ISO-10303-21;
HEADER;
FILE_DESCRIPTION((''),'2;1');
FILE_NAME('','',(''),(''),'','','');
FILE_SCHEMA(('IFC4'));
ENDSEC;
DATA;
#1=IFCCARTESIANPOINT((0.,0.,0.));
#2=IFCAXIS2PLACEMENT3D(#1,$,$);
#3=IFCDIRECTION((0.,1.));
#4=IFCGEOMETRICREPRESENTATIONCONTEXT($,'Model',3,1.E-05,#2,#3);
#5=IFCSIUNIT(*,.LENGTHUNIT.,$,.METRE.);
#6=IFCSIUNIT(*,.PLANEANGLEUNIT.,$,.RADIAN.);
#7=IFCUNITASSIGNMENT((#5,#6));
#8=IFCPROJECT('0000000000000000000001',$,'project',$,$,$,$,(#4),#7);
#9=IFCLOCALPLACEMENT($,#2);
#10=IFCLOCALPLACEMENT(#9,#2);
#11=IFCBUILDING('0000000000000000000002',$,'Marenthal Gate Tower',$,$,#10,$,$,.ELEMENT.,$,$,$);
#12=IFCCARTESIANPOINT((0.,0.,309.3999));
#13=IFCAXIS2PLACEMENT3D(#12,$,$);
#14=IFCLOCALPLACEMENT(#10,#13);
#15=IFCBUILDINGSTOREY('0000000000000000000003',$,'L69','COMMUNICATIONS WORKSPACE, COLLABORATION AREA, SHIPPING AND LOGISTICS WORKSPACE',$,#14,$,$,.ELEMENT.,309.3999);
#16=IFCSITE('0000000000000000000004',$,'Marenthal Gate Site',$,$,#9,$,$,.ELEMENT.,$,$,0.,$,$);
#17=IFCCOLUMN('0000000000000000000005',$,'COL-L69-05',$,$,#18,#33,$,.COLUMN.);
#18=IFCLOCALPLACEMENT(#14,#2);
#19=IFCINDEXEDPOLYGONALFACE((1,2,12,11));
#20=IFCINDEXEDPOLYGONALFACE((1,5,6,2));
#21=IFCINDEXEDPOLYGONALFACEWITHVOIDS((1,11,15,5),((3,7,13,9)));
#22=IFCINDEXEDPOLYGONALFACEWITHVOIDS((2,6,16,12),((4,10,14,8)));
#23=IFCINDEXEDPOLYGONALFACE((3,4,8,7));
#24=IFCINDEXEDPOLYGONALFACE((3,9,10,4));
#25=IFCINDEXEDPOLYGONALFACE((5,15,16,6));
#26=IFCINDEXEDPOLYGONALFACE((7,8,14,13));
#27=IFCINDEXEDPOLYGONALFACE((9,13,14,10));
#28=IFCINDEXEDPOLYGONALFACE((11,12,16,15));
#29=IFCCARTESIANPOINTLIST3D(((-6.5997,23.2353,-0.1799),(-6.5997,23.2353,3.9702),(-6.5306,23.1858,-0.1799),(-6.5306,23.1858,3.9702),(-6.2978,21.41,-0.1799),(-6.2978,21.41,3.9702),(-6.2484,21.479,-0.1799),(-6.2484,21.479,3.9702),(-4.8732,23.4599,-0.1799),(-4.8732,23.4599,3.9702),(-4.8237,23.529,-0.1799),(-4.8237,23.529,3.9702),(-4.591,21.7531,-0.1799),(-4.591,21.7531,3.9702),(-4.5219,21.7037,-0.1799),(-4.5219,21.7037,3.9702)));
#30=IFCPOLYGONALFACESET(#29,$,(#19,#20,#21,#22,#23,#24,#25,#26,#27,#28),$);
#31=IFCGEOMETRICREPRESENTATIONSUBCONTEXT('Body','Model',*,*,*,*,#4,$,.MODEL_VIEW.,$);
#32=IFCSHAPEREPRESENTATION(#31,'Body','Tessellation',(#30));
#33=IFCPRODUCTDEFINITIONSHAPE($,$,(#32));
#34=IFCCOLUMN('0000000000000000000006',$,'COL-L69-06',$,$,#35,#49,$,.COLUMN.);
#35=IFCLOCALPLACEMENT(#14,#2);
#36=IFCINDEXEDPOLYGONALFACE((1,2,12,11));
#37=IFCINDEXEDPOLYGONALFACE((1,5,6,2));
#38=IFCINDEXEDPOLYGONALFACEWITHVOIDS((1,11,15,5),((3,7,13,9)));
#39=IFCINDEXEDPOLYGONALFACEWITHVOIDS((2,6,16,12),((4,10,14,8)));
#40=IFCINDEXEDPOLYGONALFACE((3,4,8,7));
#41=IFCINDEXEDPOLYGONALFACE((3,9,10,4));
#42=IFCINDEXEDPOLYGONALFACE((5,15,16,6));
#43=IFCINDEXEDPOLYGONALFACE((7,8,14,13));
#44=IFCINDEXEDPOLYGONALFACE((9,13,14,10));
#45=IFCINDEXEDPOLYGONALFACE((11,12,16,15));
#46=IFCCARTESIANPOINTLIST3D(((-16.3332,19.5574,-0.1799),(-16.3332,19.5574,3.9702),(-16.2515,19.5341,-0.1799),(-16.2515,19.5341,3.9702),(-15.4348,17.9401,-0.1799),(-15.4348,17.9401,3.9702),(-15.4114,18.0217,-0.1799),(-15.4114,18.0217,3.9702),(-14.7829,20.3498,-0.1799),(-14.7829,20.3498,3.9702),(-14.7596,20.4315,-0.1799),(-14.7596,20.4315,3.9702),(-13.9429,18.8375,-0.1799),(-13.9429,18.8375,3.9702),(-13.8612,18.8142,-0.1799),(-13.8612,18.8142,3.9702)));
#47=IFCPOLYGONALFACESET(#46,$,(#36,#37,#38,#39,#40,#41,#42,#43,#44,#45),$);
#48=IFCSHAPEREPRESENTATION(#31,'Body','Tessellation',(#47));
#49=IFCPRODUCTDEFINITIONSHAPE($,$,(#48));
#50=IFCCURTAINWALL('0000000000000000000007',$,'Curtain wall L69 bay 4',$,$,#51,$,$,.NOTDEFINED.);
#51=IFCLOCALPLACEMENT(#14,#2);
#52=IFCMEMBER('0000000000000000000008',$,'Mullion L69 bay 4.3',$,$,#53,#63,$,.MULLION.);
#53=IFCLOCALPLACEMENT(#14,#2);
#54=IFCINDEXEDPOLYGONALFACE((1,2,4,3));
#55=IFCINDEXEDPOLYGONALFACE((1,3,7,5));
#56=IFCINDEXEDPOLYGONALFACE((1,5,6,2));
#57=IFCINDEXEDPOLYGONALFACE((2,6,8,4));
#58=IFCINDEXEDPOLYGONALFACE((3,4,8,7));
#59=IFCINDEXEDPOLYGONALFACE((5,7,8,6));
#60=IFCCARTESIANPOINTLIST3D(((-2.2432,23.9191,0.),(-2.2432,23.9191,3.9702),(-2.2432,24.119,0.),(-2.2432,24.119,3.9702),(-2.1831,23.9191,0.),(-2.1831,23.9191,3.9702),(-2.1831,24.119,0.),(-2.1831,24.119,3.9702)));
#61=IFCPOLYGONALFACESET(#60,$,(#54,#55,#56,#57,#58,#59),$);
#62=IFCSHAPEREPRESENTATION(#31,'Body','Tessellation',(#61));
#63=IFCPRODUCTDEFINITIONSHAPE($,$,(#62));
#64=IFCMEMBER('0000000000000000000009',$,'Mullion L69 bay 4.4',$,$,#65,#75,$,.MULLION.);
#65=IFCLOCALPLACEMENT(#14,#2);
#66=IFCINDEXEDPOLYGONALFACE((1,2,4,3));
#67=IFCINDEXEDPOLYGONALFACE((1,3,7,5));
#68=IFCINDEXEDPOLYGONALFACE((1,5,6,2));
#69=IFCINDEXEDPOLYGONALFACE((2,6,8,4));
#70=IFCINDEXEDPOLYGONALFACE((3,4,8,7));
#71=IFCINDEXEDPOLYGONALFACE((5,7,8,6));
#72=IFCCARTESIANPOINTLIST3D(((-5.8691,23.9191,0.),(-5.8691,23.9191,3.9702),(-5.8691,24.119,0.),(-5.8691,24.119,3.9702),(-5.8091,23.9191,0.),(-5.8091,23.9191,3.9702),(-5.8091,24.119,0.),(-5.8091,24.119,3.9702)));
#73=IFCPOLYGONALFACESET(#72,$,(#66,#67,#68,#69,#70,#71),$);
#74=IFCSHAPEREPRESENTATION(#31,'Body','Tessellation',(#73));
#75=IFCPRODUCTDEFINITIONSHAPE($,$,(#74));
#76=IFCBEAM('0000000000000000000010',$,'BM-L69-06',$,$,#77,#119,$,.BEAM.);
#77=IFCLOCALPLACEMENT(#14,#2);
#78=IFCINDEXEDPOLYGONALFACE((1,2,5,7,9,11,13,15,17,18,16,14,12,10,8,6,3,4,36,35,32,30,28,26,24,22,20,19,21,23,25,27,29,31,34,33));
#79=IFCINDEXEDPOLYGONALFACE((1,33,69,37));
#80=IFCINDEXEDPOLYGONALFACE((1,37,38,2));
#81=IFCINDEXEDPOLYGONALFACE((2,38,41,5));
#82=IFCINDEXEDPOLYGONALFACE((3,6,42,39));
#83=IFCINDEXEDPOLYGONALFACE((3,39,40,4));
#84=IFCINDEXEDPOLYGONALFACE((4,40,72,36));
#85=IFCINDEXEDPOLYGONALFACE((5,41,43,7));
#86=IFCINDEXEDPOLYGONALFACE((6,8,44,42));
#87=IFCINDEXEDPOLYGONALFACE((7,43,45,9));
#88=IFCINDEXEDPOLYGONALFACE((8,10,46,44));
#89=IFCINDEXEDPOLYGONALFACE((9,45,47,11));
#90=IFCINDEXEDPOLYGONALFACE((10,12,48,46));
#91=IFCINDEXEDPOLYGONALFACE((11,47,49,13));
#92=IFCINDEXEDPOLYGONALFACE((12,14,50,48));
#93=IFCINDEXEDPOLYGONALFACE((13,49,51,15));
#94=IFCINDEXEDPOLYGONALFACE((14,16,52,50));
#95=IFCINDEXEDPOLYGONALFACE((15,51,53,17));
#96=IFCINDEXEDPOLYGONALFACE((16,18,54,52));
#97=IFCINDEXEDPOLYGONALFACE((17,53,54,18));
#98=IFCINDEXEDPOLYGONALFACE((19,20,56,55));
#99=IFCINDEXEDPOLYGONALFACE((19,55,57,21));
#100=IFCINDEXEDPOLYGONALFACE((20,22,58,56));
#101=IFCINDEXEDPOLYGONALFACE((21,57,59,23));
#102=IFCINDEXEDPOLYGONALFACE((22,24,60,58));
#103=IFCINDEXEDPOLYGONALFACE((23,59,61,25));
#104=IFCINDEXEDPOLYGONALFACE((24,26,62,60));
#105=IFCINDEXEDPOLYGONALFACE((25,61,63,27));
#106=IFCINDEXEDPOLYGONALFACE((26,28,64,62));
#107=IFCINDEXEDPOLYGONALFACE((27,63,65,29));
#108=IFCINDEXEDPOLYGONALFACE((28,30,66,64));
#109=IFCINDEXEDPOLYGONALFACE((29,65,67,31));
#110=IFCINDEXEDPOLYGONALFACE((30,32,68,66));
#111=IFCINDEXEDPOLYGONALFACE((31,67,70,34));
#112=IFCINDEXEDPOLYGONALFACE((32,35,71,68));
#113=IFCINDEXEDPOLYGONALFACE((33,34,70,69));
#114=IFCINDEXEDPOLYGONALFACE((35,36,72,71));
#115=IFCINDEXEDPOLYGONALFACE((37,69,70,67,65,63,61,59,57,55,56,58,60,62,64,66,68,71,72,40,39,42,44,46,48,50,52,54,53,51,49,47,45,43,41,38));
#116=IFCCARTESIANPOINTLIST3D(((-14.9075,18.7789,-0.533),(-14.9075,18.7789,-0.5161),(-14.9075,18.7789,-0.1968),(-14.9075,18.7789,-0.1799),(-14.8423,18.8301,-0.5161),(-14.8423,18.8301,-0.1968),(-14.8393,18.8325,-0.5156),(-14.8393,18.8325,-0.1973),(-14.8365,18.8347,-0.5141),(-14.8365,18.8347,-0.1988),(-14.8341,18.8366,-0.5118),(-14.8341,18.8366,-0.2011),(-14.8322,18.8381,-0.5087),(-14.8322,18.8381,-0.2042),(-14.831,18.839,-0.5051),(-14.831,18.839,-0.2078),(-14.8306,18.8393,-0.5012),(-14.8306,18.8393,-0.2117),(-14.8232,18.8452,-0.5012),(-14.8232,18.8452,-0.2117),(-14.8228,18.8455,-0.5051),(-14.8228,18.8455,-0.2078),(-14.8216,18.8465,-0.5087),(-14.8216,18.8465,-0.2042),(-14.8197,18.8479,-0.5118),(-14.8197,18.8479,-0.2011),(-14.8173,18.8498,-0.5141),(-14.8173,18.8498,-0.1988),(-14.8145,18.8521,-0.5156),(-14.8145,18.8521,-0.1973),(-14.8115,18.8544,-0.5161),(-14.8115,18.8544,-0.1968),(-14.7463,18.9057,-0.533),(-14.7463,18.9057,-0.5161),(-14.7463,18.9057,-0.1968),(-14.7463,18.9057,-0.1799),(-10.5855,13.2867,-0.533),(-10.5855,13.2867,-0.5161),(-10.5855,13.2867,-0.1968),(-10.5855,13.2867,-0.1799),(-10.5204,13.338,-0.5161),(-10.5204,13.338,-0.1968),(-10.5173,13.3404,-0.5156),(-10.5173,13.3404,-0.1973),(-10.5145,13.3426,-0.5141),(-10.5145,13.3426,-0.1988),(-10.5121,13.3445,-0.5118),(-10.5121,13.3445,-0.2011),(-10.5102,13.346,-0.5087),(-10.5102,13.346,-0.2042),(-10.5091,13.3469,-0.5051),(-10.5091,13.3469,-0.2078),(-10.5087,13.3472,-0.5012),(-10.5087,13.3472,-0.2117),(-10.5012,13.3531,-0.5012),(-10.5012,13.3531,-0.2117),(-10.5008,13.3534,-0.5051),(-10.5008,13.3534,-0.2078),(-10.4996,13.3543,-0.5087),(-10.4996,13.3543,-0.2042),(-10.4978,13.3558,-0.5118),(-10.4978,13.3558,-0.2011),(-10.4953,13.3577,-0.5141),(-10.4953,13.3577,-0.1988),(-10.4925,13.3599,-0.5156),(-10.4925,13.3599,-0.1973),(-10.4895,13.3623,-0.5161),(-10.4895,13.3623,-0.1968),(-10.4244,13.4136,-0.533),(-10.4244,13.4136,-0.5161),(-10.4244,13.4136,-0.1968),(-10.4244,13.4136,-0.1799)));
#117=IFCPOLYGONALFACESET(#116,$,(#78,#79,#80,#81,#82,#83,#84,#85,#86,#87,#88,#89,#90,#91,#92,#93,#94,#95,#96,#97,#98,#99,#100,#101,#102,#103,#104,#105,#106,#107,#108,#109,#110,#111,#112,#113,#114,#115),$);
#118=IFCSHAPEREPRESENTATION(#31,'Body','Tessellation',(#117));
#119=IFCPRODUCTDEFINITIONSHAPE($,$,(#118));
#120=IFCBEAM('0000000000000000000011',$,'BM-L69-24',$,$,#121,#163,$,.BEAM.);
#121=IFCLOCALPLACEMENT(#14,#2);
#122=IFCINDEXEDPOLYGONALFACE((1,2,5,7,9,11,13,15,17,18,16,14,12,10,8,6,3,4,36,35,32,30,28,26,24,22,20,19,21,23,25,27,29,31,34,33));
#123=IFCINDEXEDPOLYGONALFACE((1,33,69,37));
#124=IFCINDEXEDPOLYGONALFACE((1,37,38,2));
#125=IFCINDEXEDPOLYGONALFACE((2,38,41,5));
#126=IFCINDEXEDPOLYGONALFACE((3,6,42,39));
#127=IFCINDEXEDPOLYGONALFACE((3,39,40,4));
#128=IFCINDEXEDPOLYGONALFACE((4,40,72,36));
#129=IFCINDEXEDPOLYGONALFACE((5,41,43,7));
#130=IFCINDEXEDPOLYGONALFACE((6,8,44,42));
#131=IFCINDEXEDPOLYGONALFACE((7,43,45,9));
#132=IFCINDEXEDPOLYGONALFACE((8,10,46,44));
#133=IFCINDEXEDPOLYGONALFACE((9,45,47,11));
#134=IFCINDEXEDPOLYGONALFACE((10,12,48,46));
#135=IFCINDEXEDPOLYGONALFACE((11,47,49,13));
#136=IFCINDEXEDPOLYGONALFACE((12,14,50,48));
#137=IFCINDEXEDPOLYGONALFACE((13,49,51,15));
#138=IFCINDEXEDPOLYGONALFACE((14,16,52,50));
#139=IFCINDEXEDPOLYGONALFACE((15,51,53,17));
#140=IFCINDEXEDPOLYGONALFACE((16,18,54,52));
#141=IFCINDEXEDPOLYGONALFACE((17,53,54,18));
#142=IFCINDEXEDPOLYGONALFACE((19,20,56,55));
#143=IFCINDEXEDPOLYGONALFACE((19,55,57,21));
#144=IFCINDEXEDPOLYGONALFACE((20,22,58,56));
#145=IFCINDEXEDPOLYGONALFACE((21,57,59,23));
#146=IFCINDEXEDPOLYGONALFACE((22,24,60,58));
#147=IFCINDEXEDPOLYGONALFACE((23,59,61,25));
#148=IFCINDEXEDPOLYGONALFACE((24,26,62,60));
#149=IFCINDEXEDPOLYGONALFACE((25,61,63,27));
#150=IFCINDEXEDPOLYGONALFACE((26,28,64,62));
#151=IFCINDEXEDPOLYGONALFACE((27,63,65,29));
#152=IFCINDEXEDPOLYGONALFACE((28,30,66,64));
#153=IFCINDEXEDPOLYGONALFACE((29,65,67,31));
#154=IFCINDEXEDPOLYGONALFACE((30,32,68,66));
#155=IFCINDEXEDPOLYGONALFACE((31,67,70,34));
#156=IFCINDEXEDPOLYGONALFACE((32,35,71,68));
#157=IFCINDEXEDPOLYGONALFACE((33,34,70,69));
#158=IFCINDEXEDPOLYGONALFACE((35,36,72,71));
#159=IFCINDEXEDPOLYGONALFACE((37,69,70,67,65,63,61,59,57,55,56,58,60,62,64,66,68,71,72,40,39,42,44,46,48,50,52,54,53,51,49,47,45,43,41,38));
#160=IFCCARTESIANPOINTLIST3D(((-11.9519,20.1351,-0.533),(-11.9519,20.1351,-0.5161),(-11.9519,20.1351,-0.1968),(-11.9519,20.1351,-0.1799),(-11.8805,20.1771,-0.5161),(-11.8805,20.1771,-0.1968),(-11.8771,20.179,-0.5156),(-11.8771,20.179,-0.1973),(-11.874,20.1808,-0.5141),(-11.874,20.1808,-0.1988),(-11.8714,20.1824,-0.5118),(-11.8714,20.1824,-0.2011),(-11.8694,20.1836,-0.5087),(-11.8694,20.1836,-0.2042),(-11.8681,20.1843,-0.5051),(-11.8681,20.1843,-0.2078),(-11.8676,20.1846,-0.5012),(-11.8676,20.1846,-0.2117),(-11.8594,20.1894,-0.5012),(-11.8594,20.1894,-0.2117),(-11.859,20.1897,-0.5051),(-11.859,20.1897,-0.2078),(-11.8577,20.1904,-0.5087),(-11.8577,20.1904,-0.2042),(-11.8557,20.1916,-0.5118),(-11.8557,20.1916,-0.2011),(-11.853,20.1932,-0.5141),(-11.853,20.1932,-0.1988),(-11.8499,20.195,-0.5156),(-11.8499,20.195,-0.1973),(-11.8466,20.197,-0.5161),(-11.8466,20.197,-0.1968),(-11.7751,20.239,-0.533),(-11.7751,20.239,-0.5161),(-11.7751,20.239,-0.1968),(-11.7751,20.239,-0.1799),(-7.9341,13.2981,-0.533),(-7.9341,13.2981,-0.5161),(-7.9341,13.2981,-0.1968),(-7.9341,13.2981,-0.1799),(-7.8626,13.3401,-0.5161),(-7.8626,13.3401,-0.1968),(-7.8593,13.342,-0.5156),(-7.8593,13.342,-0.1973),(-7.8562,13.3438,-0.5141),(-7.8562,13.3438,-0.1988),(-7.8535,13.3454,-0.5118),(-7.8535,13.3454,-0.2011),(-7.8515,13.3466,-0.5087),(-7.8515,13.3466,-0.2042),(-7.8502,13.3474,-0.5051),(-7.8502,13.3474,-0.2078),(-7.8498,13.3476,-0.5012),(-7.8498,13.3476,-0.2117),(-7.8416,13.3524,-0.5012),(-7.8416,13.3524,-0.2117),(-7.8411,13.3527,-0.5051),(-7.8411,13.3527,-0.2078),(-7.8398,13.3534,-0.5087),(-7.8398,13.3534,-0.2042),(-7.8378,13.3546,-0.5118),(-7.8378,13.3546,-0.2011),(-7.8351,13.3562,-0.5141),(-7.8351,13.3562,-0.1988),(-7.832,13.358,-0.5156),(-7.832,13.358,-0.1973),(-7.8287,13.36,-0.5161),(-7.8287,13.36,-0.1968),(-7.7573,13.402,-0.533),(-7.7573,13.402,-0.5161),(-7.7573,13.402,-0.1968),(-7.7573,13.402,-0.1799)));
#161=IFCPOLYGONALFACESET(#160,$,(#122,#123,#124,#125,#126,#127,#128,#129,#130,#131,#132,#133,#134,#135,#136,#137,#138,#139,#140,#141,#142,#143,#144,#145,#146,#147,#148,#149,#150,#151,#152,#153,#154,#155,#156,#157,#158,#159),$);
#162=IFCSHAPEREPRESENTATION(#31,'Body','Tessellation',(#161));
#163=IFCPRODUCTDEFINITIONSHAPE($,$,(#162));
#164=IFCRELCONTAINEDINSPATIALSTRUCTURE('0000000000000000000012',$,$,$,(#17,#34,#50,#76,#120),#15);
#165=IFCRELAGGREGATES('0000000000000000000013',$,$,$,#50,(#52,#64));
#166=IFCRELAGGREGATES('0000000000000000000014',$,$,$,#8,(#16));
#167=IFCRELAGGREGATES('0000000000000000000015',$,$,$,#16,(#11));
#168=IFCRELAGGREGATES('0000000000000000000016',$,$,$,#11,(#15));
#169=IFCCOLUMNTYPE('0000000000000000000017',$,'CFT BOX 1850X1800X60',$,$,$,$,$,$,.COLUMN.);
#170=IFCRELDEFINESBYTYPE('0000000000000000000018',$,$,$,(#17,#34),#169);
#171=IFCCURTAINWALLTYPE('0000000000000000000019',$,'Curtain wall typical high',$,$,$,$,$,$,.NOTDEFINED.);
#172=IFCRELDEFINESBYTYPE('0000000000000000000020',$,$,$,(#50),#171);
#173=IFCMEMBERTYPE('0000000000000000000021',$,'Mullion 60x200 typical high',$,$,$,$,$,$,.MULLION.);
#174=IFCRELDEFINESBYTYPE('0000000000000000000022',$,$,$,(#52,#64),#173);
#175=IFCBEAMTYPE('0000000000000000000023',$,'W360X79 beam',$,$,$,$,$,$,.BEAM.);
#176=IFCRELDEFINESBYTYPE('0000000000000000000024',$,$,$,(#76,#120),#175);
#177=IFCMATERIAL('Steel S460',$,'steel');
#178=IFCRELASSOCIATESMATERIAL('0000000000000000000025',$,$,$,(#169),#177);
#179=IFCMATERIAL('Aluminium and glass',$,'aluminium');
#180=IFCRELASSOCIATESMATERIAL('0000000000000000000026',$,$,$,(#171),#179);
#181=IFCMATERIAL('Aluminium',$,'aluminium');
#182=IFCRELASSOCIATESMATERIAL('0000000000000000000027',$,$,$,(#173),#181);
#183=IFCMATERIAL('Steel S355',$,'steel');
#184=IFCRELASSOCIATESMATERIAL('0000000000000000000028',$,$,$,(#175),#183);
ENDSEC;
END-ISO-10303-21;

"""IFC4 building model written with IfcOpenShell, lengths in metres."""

from ifc_helpers import new_model, si_unit, direction, frame, origin, origin_2d, place, context, subcontext, project, spatial, rectangle, hollow_rectangle, i_section, extrude, material, material_profile, profile_set, type_object, element, aggregate, save


model = new_model("IFC4")

# Units and contexts
model_context = context("Model", 3, precision=1e-05, world=origin(), true_north=direction((0.0, 1.0)))
body_context = subcontext(model_context, "Body", "Model", "MODEL_VIEW")
ifc_project = project(units=[si_unit("LENGTHUNIT", "METRE"), si_unit("PLANEANGLEUNIT", "RADIAN")], contexts=[model_context])

# Site, building, storey
site_placement = place(None, origin())
site = spatial("IfcSite", under=ifc_project, at=site_placement, Name="Marenthal Gate Site", CompositionType="ELEMENT", RefElevation=0.0)
building_placement = place(site_placement, origin())
building = spatial("IfcBuilding", under=site, at=building_placement, Name="Marenthal Gate Tower", CompositionType="ELEMENT")
storey_placement = place(building_placement, frame((0.0, 0.0, 309.3999)))
storey = spatial("IfcBuildingStorey", under=building, at=storey_placement, Name="L69", Description="COMMUNICATIONS WORKSPACE, COLLABORATION AREA, SHIPPING AND LOGISTICS WORKSPACE", CompositionType="ELEMENT", Elevation=309.3999)

# Columns
ifc_material_1 = material(Name="Steel S460", Category="steel")
ifc_material_profile_1 = material_profile(ifc_material_1, hollow_rectangle(XDim=1.8, YDim=1.8501, WallThickness=0.0601, at=origin_2d()), Name="CFT BOX 1850X1800X60")
ifc_material_2 = material(Name="Concrete 70 MPa", Category="concrete")
ifc_material_profile_2 = material_profile(ifc_material_2, rectangle(XDim=1.6799, YDim=1.73, at=origin_2d()), Name="CFT BOX 1850X1800X60 INFILL")
ifc_profile_set_1 = profile_set([ifc_material_profile_1, ifc_material_profile_2], Name="Steel S460 shell, Concrete 70 MPa infill")
column_type = type_object("IfcColumnType", Name="CFT BOX 1850X1800X60", PredefinedType="COLUMN", material=ifc_profile_set_1)
for number, where, z_axis, x_axis, name in (
    (1, (-5.5608, 22.4695, -0.1799), (0.0, 0.0, 1.0), (0.986602, 0.163147, 0.0), "COL-L69-05"),
    (2, (-15.0972, 19.1858, -0.1799), (0.0, 0.0, 1.0), (0.874186, 0.485591, 0.0), "COL-L69-06"),
):
    element("IfcColumn", number, at=place(storey_placement, frame(where, z_axis=z_axis, x_axis=x_axis)), inside=storey, type_object=column_type, Name=name, PredefinedType="COLUMN", context=body_context, shape_type="SweptSolid", body=[
        extrude(hollow_rectangle(XDim=1.8, YDim=1.8501, WallThickness=0.0601, at=origin_2d()), origin(), (0.0, 0.0, 1.0), 4.1501),
    ])

# Curtain wall, members
ifc_material_3 = material(Name="Aluminium and glass", Category="aluminium")
curtain_wall_type = type_object("IfcCurtainWallType", Name="Curtain wall typical high", PredefinedType="NOTDEFINED", material=ifc_material_3)
curtain_wall_placement = place(storey_placement, origin())
curtain_wall = element("IfcCurtainWall", 3, at=curtain_wall_placement, inside=storey, type_object=curtain_wall_type, Name="Curtain wall L69 bay 4", PredefinedType="NOTDEFINED")
ifc_material_4 = material(Name="Aluminium", Category="aluminium")
ifc_material_profile_3 = material_profile(ifc_material_4, rectangle(XDim=0.2, YDim=0.0601, at=origin_2d()), Name="60x200 aluminium mullion")
ifc_profile_set_2 = profile_set([ifc_material_profile_3], Name="Aluminium")
member_type = type_object("IfcMemberType", Name="Mullion 60x200 typical high", PredefinedType="MULLION", material=ifc_profile_set_2)
member_1_placement = place(storey_placement, frame((-2.2131, 24.019, 0.0), z_axis=(0.0, 0.0, 1.0), x_axis=(0.0, -1.0, 0.0)))
member_1 = element("IfcMember", 4, at=member_1_placement, type_object=member_type, Name="Mullion L69 bay 4.3", PredefinedType="MULLION", context=body_context, shape_type="SweptSolid", body=[
    extrude(rectangle(XDim=0.2, YDim=0.0601, at=origin_2d()), origin(), (0.0, 0.0, 1.0), 3.9702),
])
member_2_placement = place(storey_placement, frame((-5.8391, 24.019, 0.0), z_axis=(0.0, 0.0, 1.0), x_axis=(0.0, -1.0, 0.0)))
member_2 = element("IfcMember", 5, at=member_2_placement, type_object=member_type, Name="Mullion L69 bay 4.4", PredefinedType="MULLION", context=body_context, shape_type="SweptSolid", body=[
    extrude(rectangle(XDim=0.2, YDim=0.0601, at=origin_2d()), origin(), (0.0, 0.0, 1.0), 3.9702),
])

# Beams
ifc_material_5 = material(Name="Steel S355", Category="steel")
ifc_material_profile_4 = material_profile(ifc_material_5, i_section(OverallWidth=0.2051, OverallDepth=0.353, WebThickness=0.0095, FlangeThickness=0.0168, FilletRadius=0.0149, at=origin_2d()), Name="W360X79")
ifc_profile_set_3 = profile_set([ifc_material_profile_4], Name="Steel S355")
beam_type_1 = type_object("IfcBeamType", Name="W360X79 beam", PredefinedType="BEAM", material=ifc_profile_set_3)
beam_1_placement = place(storey_placement, frame((-14.8269, 18.8423, -0.3564), z_axis=(0.618417, -0.78585, 0.0), x_axis=(0.78585, 0.618417, 0.0)))
element("IfcBeam", 6, at=beam_1_placement, inside=storey, type_object=beam_type_1, Name="BM-L69-06", PredefinedType="BEAM", context=body_context, shape_type="SweptSolid", body=[
    extrude(i_section(OverallWidth=0.2051, OverallDepth=0.353, WebThickness=0.0095, FlangeThickness=0.0168, FilletRadius=0.0149, at=origin_2d()), origin(), (0.0, 0.0, 1.0), 6.9888),
])
beam_2_placement = place(storey_placement, frame((-11.8635, 20.187, -0.3564), z_axis=(0.506655, -0.862149, 0.0), x_axis=(0.862149, 0.506655, 0.0)))
element("IfcBeam", 7, at=beam_2_placement, inside=storey, type_object=beam_type_1, Name="BM-L69-24", PredefinedType="BEAM", context=body_context, shape_type="SweptSolid", body=[
    extrude(i_section(OverallWidth=0.2051, OverallDepth=0.353, WebThickness=0.0095, FlangeThickness=0.0168, FilletRadius=0.0149, at=origin_2d()), origin(), (0.0, 0.0, 1.0), 7.9302),
])

aggregate(curtain_wall, [member_1, member_2])

save(model, "model.ifc")
